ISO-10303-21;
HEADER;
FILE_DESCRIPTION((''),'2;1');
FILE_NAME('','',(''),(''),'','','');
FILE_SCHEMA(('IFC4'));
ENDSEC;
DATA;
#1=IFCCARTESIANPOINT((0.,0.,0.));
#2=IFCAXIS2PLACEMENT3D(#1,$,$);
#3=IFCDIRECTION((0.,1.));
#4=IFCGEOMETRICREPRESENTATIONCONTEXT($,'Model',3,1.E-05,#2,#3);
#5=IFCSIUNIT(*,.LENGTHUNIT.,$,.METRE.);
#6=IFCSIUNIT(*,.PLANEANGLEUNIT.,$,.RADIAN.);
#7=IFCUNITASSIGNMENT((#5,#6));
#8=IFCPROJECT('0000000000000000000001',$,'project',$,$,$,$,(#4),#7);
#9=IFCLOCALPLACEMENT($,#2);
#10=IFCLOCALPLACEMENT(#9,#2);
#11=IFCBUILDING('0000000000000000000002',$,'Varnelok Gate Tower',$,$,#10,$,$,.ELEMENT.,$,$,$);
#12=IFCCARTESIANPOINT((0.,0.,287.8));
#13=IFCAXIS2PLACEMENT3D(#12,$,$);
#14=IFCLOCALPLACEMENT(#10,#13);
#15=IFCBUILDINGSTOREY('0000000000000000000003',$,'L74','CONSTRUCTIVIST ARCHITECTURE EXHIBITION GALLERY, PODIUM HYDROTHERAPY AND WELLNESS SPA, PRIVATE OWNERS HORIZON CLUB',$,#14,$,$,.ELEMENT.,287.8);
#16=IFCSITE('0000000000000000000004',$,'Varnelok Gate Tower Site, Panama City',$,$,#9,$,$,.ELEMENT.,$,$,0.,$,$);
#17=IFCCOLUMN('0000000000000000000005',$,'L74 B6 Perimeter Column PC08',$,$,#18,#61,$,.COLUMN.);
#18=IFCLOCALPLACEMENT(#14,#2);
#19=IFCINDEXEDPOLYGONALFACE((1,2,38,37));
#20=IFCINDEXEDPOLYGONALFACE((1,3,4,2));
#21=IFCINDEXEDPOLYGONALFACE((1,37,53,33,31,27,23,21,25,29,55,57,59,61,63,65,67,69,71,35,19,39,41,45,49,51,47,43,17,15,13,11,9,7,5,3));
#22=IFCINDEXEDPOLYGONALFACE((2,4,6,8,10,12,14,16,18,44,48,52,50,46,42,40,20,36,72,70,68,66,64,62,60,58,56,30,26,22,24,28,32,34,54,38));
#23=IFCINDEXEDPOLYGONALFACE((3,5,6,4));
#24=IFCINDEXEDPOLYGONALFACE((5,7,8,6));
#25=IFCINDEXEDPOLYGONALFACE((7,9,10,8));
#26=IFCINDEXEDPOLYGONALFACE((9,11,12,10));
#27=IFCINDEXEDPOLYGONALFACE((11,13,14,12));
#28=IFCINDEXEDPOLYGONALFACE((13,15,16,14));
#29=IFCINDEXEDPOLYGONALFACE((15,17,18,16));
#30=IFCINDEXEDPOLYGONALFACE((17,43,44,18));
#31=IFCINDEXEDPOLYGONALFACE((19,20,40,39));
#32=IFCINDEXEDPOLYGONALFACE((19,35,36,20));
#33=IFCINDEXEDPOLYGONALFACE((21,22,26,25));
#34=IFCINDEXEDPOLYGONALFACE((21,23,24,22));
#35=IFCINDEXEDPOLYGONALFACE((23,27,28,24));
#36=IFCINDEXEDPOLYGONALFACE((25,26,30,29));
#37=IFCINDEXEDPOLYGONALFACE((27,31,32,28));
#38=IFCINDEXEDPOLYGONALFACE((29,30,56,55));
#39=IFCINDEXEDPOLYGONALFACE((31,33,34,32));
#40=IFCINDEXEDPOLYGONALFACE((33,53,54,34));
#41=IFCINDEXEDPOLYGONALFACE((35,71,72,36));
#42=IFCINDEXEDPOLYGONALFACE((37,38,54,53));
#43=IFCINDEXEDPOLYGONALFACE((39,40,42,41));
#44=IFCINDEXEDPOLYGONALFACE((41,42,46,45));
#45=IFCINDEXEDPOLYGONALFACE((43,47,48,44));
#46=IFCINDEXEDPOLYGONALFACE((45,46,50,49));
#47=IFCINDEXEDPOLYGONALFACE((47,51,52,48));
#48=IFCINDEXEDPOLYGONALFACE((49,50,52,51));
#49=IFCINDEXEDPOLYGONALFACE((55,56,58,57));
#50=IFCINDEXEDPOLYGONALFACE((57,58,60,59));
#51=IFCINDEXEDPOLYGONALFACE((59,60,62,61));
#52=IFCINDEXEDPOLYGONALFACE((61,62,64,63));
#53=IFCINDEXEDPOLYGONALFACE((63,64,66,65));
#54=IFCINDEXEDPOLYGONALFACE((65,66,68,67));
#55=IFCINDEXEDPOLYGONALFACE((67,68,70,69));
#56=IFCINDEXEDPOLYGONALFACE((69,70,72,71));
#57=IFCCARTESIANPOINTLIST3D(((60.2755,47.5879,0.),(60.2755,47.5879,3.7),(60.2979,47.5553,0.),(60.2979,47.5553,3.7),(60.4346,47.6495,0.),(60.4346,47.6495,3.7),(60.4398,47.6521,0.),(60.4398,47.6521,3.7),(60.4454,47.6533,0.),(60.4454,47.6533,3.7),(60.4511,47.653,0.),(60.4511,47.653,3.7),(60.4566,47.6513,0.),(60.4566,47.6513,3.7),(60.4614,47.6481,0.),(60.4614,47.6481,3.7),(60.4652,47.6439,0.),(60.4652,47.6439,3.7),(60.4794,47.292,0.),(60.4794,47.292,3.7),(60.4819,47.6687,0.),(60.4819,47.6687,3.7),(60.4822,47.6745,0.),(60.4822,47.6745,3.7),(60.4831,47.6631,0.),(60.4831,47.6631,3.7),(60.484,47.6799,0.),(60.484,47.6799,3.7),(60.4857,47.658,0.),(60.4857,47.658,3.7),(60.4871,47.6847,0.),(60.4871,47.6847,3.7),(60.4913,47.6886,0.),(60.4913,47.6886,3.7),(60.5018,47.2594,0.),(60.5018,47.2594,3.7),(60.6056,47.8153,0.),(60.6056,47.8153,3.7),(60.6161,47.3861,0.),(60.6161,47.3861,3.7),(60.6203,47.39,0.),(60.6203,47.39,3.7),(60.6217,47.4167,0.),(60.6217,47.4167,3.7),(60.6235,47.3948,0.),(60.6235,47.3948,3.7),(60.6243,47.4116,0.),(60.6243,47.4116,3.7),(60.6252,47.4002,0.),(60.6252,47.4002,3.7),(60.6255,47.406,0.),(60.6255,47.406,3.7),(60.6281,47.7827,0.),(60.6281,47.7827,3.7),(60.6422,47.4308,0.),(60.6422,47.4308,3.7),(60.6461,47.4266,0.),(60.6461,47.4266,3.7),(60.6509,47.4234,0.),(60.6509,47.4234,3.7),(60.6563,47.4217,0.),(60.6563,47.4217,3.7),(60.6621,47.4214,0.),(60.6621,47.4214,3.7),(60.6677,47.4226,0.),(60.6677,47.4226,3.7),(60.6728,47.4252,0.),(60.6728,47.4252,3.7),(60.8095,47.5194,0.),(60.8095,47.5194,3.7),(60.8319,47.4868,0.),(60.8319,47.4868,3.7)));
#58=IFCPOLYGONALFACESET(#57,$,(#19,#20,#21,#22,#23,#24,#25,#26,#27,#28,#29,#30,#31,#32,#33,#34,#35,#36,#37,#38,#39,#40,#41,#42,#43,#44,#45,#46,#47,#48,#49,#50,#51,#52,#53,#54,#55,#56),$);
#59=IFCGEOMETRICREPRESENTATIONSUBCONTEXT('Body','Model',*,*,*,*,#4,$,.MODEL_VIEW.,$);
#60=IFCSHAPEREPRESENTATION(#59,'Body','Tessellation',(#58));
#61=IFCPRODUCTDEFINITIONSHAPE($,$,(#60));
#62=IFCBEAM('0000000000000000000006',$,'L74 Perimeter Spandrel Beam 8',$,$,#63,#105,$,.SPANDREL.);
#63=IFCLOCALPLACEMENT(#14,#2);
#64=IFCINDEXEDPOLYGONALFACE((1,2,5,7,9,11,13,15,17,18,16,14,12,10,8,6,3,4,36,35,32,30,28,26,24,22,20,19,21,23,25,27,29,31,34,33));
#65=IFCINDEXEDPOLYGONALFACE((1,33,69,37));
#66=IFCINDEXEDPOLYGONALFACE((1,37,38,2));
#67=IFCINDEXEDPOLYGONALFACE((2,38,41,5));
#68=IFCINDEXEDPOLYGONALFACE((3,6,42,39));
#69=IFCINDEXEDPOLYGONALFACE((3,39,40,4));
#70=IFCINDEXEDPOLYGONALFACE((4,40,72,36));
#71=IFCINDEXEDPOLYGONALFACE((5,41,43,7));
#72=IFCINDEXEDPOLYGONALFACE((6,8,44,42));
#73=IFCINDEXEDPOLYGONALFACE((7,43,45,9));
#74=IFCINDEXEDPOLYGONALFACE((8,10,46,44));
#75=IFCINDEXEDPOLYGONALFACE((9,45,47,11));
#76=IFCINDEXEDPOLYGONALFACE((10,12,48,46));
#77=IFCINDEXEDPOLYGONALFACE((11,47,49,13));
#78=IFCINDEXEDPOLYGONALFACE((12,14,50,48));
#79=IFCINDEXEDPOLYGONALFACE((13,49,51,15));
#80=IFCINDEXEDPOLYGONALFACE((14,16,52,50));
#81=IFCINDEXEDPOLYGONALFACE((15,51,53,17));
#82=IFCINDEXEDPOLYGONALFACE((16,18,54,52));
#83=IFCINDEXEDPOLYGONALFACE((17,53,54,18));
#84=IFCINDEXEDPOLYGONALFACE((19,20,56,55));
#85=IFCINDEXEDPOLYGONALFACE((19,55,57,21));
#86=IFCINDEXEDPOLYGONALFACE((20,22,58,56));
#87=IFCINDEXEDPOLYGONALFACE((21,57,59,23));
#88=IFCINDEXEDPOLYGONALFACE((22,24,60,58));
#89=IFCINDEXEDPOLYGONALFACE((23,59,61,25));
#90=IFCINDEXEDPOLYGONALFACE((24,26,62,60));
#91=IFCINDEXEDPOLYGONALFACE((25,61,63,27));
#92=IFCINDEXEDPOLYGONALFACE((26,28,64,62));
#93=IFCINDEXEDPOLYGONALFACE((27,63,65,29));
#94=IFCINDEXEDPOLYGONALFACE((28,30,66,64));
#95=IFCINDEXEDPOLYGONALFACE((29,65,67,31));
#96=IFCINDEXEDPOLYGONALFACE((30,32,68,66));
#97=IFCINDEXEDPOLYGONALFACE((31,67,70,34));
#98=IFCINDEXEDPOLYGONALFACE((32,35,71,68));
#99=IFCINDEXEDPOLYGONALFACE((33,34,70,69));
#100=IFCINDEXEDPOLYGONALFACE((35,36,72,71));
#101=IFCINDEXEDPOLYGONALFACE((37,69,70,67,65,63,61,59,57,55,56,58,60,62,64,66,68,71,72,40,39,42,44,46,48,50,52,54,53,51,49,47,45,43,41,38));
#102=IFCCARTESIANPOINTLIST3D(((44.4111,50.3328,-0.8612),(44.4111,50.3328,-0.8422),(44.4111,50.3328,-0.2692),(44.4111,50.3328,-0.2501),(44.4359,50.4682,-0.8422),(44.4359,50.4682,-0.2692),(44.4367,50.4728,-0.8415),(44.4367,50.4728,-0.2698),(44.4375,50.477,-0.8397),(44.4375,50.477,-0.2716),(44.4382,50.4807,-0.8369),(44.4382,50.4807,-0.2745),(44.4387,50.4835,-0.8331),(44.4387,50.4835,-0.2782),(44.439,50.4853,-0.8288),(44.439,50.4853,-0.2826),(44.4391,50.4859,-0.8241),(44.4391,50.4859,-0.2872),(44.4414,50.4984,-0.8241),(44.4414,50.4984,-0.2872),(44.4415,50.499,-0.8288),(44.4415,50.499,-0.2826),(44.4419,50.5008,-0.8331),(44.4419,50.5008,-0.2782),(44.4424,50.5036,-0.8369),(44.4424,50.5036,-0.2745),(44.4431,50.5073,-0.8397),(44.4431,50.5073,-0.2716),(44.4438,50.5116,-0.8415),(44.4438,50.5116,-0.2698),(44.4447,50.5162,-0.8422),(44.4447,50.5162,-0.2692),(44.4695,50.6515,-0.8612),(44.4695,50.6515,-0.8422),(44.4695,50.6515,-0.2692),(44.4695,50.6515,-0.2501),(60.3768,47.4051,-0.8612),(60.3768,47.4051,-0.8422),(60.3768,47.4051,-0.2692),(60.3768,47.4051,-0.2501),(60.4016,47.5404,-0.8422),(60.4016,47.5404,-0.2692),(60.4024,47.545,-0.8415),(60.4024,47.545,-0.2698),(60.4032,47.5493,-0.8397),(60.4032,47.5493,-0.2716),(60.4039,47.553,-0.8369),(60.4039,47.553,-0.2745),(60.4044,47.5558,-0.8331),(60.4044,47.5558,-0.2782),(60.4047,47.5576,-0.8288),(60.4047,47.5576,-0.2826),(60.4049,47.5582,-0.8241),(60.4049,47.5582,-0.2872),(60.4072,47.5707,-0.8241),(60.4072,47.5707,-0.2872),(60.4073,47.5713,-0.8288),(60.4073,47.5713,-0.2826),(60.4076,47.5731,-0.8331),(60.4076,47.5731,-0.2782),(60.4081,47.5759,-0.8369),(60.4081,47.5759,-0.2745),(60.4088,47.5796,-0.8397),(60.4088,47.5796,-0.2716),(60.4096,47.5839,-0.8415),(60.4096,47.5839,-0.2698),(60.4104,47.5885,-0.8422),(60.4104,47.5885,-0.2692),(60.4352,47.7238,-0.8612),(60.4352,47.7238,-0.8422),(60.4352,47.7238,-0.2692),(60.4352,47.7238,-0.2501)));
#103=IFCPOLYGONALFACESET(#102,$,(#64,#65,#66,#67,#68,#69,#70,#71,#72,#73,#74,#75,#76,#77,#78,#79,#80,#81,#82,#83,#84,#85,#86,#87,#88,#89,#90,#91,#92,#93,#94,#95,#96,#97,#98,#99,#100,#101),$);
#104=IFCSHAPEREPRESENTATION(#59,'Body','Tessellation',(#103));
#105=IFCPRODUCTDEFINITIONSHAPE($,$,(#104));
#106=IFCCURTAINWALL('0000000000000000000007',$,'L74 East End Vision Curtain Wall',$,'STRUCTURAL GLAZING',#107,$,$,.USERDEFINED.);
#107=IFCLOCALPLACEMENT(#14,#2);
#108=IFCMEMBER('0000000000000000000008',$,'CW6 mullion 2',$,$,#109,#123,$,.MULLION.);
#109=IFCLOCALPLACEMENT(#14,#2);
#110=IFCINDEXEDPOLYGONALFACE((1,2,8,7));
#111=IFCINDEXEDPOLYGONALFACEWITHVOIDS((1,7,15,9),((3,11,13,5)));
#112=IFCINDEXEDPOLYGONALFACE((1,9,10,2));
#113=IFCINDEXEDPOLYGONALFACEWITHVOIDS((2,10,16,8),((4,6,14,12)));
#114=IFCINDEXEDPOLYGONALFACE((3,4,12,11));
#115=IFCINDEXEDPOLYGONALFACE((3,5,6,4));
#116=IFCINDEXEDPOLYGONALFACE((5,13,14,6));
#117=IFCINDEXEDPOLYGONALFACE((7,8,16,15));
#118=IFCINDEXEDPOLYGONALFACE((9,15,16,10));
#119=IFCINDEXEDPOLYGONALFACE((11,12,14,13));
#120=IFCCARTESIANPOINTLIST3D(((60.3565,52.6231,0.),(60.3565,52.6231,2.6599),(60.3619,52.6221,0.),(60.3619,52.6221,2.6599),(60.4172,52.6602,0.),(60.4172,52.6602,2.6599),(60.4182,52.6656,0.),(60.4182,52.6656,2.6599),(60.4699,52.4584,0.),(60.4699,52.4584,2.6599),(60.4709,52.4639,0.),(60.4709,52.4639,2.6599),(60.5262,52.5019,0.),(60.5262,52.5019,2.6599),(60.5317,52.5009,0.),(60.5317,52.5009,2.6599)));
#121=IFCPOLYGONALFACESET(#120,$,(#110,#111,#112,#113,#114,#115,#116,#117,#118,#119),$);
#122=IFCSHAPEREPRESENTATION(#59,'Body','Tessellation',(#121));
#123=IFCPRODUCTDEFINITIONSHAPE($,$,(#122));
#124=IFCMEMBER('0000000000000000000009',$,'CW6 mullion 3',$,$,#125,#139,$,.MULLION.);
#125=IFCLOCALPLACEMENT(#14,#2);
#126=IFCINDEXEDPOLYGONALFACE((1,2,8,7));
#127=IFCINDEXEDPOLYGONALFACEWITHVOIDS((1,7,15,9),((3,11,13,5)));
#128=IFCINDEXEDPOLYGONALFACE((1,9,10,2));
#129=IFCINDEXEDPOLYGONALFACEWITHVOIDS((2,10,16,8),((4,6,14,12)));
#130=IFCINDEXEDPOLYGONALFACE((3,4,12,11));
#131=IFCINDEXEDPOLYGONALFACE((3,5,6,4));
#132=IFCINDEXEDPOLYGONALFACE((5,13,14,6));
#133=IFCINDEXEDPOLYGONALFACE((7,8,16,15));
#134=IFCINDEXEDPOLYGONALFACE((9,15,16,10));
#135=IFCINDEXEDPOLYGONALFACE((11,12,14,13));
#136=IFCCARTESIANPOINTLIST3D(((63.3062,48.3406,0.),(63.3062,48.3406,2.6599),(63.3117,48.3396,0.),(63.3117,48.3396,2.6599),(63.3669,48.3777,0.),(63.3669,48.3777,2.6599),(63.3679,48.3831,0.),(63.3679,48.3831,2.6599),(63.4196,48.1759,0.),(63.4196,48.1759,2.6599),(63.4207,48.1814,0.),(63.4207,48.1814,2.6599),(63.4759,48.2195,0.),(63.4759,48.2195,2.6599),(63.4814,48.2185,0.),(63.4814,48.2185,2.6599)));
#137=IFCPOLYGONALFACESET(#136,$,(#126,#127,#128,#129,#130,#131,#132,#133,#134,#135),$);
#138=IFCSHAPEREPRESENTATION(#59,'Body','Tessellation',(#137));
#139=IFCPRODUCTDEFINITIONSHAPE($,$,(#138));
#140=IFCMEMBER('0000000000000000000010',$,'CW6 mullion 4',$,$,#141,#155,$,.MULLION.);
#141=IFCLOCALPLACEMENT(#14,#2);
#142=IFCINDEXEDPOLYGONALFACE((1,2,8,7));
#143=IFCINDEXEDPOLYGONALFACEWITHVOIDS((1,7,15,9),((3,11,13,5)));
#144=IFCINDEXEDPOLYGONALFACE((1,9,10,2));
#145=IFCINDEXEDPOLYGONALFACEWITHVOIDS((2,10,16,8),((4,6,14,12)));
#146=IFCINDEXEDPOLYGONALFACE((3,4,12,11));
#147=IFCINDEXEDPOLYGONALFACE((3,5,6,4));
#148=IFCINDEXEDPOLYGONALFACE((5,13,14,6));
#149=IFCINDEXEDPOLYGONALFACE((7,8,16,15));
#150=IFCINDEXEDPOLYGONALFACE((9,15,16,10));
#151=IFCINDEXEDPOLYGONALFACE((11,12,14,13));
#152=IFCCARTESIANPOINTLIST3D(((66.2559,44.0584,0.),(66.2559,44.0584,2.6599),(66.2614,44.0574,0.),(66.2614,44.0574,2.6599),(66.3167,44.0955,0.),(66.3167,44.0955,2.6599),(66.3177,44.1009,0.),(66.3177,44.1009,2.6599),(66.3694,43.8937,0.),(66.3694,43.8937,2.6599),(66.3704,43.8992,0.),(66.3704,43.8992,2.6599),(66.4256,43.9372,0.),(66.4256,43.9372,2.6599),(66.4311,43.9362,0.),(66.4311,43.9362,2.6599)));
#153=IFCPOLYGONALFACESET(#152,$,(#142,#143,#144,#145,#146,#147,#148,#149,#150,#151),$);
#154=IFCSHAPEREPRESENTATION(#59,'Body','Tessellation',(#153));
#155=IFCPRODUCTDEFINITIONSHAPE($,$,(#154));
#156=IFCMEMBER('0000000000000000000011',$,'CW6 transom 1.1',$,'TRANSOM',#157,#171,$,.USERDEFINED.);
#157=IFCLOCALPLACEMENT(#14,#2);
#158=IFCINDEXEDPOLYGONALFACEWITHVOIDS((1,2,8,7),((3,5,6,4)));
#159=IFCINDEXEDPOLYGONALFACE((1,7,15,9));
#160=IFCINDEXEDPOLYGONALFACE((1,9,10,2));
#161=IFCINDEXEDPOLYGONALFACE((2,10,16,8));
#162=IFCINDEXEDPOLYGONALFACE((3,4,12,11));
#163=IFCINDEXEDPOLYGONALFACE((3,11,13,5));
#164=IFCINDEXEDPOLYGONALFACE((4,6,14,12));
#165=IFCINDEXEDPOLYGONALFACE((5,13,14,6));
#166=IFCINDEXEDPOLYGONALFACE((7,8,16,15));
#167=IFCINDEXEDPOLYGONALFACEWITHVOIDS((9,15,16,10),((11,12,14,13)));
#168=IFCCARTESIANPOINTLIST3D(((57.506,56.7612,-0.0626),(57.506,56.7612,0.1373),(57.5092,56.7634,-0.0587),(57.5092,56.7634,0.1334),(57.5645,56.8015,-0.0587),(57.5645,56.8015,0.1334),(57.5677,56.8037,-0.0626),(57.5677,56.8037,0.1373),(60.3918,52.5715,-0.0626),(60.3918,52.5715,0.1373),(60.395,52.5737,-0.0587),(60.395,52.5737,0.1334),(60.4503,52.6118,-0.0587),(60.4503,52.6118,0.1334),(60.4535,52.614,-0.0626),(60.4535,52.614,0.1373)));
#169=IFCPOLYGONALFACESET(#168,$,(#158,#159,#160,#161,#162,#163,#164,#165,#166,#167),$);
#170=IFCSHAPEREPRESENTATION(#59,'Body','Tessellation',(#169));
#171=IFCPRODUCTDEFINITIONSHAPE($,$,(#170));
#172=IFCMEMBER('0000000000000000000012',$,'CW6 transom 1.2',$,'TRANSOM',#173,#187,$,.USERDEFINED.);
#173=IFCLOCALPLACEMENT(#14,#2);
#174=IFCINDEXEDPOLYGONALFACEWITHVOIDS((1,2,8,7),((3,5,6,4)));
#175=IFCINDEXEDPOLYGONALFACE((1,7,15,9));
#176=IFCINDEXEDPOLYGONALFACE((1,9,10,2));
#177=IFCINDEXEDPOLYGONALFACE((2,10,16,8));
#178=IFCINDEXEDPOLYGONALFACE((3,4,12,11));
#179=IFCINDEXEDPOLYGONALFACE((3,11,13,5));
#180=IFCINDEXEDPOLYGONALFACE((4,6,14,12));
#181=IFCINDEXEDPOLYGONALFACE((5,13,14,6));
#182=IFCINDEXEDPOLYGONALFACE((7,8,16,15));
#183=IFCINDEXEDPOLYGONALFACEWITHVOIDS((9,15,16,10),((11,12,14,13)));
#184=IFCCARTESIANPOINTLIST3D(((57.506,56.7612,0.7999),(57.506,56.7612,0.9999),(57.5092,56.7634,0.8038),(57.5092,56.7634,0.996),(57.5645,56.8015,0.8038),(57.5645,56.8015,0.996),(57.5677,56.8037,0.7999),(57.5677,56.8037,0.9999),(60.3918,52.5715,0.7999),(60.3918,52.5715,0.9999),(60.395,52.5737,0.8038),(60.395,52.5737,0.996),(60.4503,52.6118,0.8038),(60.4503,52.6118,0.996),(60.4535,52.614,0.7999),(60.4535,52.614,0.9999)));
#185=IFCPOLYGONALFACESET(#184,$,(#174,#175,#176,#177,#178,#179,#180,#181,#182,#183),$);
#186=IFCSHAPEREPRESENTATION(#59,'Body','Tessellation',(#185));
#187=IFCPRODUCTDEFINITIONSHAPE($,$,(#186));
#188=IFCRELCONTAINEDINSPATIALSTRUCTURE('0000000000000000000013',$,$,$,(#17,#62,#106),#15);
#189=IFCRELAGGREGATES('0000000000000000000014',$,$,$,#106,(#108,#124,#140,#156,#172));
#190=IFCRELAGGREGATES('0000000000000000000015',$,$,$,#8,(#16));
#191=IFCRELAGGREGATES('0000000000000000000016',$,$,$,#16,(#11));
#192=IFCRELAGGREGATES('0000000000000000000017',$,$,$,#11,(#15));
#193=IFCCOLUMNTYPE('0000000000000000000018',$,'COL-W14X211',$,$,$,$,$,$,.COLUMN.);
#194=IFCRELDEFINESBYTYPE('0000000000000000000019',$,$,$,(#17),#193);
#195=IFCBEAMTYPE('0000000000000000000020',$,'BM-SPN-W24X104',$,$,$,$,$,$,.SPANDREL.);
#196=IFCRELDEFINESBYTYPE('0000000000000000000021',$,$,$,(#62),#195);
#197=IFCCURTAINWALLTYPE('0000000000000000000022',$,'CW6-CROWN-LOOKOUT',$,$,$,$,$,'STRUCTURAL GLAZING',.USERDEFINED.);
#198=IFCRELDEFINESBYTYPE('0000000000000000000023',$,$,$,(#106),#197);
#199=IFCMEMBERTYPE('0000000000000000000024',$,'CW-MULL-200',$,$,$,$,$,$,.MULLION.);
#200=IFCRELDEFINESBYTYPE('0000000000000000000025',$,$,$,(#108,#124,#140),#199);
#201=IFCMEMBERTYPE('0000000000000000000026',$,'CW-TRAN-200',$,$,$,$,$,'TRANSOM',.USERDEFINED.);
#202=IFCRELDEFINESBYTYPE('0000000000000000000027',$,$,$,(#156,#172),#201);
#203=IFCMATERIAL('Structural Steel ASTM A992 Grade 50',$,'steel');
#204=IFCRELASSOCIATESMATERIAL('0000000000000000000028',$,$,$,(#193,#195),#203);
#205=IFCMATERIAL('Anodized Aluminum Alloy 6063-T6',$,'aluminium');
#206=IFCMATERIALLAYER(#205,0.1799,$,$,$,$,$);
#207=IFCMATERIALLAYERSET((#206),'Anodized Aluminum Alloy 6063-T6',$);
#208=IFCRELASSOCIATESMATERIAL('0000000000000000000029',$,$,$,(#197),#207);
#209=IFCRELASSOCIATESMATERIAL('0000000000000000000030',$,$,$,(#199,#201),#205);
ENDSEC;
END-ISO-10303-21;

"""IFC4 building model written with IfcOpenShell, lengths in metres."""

from ifc_helpers import new_model, si_unit, direction, frame, origin, origin_2d, place, context, subcontext, project, spatial, hollow_rectangle, i_section, extrude, material, layer, layer_set, material_profile, profile_set, type_object, element, aggregate, save


model = new_model("IFC4")

# Units and contexts
model_context = context("Model", 3, precision=1e-05, world=origin(), true_north=direction((0.0, 1.0)))
body_context = subcontext(model_context, "Body", "Model", "MODEL_VIEW")
ifc_project = project(units=[si_unit("LENGTHUNIT", "METRE"), si_unit("PLANEANGLEUNIT", "RADIAN")], contexts=[model_context])

# Site, building, storey
site_placement = place(None, origin())
site = spatial("IfcSite", under=ifc_project, at=site_placement, Name="Varnelok Gate Tower Site, Panama City", CompositionType="ELEMENT", RefElevation=0.0)
building_placement = place(site_placement, origin())
building = spatial("IfcBuilding", under=site, at=building_placement, Name="Varnelok Gate Tower", CompositionType="ELEMENT")
storey_placement = place(building_placement, frame((0.0, 0.0, 287.8)))
storey = spatial("IfcBuildingStorey", under=building, at=storey_placement, Name="L74", Description="CONSTRUCTIVIST ARCHITECTURE EXHIBITION GALLERY, PODIUM HYDROTHERAPY AND WELLNESS SPA, PRIVATE OWNERS HORIZON CLUB", CompositionType="ELEMENT", Elevation=287.8)

# Column
ifc_material_1 = material(Name="Structural Steel ASTM A992 Grade 50", Category="steel")
ifc_material_profile_1 = material_profile(ifc_material_1, i_section(OverallWidth=0.4009, OverallDepth=0.3989, WebThickness=0.0249, FlangeThickness=0.0396, FilletRadius=0.022, at=origin_2d()), Name="W14X211")
ifc_profile_set_1 = profile_set([ifc_material_profile_1], Name="Structural Steel ASTM A992 Grade 50")
column_type = type_object("IfcColumnType", Name="COL-W14X211", PredefinedType="COLUMN", material=ifc_profile_set_1)
column_placement = place(storey_placement, frame((60.5537, 47.5374, 0.0), z_axis=(0.0, 0.0, 1.0), x_axis=(0.823533, 0.567269, 0.0)))
element("IfcColumn", 1, at=column_placement, inside=storey, type_object=column_type, Name="L74 B6 Perimeter Column PC08", PredefinedType="COLUMN", context=body_context, shape_type="SweptSolid", body=[
    extrude(i_section(OverallWidth=0.4009, OverallDepth=0.3989, WebThickness=0.0249, FlangeThickness=0.0396, FilletRadius=0.022, at=origin_2d()), origin(), (0.0, 0.0, 1.0), 3.7),
])

# Beam
ifc_material_profile_2 = material_profile(ifc_material_1, i_section(OverallWidth=0.324, OverallDepth=0.6111, WebThickness=0.0127, FlangeThickness=0.019, FilletRadius=0.0181, at=origin_2d()), Name="W24X104")
ifc_profile_set_2 = profile_set([ifc_material_profile_2], Name="Structural Steel ASTM A992 Grade 50")
beam_type = type_object("IfcBeamType", Name="BM-SPN-W24X104", PredefinedType="SPANDREL", material=ifc_profile_set_2)
beam_placement = place(storey_placement, frame((60.406, 47.5645, -0.5557), z_axis=(-0.983599, 0.180368, 0.0), x_axis=(-0.180368, -0.983599, 0.0)))
element("IfcBeam", 2, at=beam_placement, inside=storey, type_object=beam_type, Name="L74 Perimeter Spandrel Beam 8", PredefinedType="SPANDREL", context=body_context, shape_type="SweptSolid", body=[
    extrude(i_section(OverallWidth=0.324, OverallDepth=0.6111, WebThickness=0.0127, FlangeThickness=0.019, FilletRadius=0.0181, at=origin_2d()), origin(), (0.0, 0.0, 1.0), 16.2319),
])

# Curtain wall, members
ifc_material_2 = material(Name="Anodized Aluminum Alloy 6063-T6", Category="aluminium")
ifc_layer_1 = layer(ifc_material_2, 0.1799)
ifc_layer_set_1 = layer_set([ifc_layer_1], Name="Anodized Aluminum Alloy 6063-T6")
curtain_wall_type = type_object("IfcCurtainWallType", Name="CW6-CROWN-LOOKOUT", ElementType="STRUCTURAL GLAZING", PredefinedType="USERDEFINED", material=ifc_layer_set_1)
curtain_wall_placement = place(storey_placement, origin())
curtain_wall = element("IfcCurtainWall", 3, at=curtain_wall_placement, inside=storey, type_object=curtain_wall_type, Name="L74 East End Vision Curtain Wall", ObjectType="STRUCTURAL GLAZING", PredefinedType="USERDEFINED")
ifc_material_profile_3 = material_profile(ifc_material_2, hollow_rectangle(XDim=0.075, YDim=0.2, WallThickness=0.0039, at=origin_2d()), Name="ALU200X75X4")
ifc_profile_set_3 = profile_set([ifc_material_profile_3], Name="Anodized Aluminum Alloy 6063-T6")
member_type_1 = type_object("IfcMemberType", Name="CW-MULL-200", PredefinedType="MULLION", material=ifc_profile_set_3)
member_1_placement = place(storey_placement, frame((60.4441, 52.562, 0.0), z_axis=(0.0, 0.0, 1.0), x_axis=(0.823532, 0.567269, 0.0)))
member_1 = element("IfcMember", 4, at=member_1_placement, type_object=member_type_1, Name="CW6 mullion 2", PredefinedType="MULLION", context=body_context, shape_type="SweptSolid", body=[
    extrude(hollow_rectangle(XDim=0.075, YDim=0.2, WallThickness=0.0039, at=origin_2d()), origin(), (0.0, 0.0, 1.0), 2.6599),
])
member_2_placement = place(storey_placement, frame((63.3938, 48.2795, 0.0), z_axis=(0.0, 0.0, 1.0), x_axis=(0.823532, 0.567269, 0.0)))
member_2 = element("IfcMember", 5, at=member_2_placement, type_object=member_type_1, Name="CW6 mullion 3", PredefinedType="MULLION", context=body_context, shape_type="SweptSolid", body=[
    extrude(hollow_rectangle(XDim=0.075, YDim=0.2, WallThickness=0.0039, at=origin_2d()), origin(), (0.0, 0.0, 1.0), 2.6599),
])
member_3_placement = place(storey_placement, frame((66.3435, 43.9973, 0.0), z_axis=(0.0, 0.0, 1.0), x_axis=(0.823532, 0.567269, 0.0)))
member_3 = element("IfcMember", 6, at=member_3_placement, type_object=member_type_1, Name="CW6 mullion 4", PredefinedType="MULLION", context=body_context, shape_type="SweptSolid", body=[
    extrude(hollow_rectangle(XDim=0.075, YDim=0.2, WallThickness=0.0039, at=origin_2d()), origin(), (0.0, 0.0, 1.0), 2.6599),
])
ifc_material_profile_4 = material_profile(ifc_material_2, hollow_rectangle(XDim=0.075, YDim=0.2, WallThickness=0.0039, at=origin_2d()), Name="ALU200X75X4")
ifc_profile_set_4 = profile_set([ifc_material_profile_4], Name="Anodized Aluminum Alloy 6063-T6")
member_type_2 = type_object("IfcMemberType", Name="CW-TRAN-200", ElementType="TRANSOM", PredefinedType="USERDEFINED", material=ifc_profile_set_4)
member_4_placement = place(storey_placement, frame((57.5369, 56.7825, 0.0374), z_axis=(0.567239, -0.823553, 0.0), x_axis=(0.823553, 0.567239, 0.0)))
member_4 = element("IfcMember", 7, at=member_4_placement, type_object=member_type_2, Name="CW6 transom 1.1", ObjectType="TRANSOM", PredefinedType="USERDEFINED", context=body_context, shape_type="SweptSolid", body=[
    extrude(hollow_rectangle(XDim=0.075, YDim=0.2, WallThickness=0.0039, at=origin_2d()), origin(), (0.0, 0.0, 1.0), 5.0874),
])
member_5_placement = place(storey_placement, frame((57.5369, 56.7825, 0.8999), z_axis=(0.567239, -0.823553, 0.0), x_axis=(0.823553, 0.567239, 0.0)))
member_5 = element("IfcMember", 8, at=member_5_placement, type_object=member_type_2, Name="CW6 transom 1.2", ObjectType="TRANSOM", PredefinedType="USERDEFINED", context=body_context, shape_type="SweptSolid", body=[
    extrude(hollow_rectangle(XDim=0.075, YDim=0.2, WallThickness=0.0039, at=origin_2d()), origin(), (0.0, 0.0, 1.0), 5.0874),
])
aggregate(curtain_wall, [member_1, member_2, member_3, member_4, member_5])

save(model, "model.ifc")
